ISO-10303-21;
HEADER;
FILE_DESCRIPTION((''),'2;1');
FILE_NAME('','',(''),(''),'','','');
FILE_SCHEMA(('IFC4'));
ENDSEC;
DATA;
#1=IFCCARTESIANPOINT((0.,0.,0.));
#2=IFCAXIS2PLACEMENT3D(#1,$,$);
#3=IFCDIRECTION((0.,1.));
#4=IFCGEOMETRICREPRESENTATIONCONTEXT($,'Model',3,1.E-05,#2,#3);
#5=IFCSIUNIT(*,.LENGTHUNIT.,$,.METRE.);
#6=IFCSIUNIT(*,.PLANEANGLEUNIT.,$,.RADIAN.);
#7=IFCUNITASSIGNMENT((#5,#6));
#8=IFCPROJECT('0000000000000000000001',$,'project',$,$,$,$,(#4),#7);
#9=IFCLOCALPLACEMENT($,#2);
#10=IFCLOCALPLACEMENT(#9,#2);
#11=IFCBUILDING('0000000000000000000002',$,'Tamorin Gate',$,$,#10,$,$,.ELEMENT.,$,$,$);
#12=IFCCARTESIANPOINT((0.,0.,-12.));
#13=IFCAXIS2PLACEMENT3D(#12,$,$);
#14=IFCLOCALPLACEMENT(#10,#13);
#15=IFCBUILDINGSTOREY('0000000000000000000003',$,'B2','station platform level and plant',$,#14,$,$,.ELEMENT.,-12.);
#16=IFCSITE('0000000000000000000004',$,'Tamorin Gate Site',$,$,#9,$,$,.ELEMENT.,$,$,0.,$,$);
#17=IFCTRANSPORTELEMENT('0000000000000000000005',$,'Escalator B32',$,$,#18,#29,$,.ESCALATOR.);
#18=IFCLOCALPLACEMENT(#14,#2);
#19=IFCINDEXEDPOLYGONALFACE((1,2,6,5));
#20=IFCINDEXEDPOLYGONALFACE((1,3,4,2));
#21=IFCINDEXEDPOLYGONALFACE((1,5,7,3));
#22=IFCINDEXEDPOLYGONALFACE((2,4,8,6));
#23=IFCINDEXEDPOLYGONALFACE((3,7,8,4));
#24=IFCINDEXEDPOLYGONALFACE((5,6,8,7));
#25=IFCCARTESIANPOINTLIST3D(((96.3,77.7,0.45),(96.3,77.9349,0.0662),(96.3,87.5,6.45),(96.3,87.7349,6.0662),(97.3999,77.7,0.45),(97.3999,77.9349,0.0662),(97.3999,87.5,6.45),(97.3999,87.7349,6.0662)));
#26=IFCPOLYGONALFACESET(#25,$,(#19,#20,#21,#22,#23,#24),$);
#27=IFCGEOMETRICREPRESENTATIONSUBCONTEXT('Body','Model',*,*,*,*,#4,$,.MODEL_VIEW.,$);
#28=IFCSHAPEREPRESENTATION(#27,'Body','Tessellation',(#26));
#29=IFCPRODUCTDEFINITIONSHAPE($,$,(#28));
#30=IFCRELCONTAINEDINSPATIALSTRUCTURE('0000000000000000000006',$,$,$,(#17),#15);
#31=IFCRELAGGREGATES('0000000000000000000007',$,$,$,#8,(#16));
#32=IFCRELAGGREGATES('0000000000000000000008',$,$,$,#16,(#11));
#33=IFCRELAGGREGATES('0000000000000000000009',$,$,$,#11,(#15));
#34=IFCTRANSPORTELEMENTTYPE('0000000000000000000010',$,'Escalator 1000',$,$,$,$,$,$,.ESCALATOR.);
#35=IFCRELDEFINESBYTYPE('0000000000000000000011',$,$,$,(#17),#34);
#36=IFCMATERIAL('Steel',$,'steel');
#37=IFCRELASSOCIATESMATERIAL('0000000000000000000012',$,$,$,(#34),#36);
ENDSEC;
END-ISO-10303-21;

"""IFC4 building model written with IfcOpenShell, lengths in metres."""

from ifc_helpers import new_model, si_unit, direction, frame, origin, place, context, subcontext, project, spatial, polyline, outline, extrude, material, type_object, element, save


model = new_model("IFC4")

# Units and contexts
model_context = context("Model", 3, precision=1e-05, world=origin(), true_north=direction((0.0, 1.0)))
body_context = subcontext(model_context, "Body", "Model", "MODEL_VIEW")
ifc_project = project(units=[si_unit("LENGTHUNIT", "METRE"), si_unit("PLANEANGLEUNIT", "RADIAN")], contexts=[model_context])

# Site, building, storey
site_placement = place(None, origin())
site = spatial("IfcSite", under=ifc_project, at=site_placement, Name="Tamorin Gate Site", CompositionType="ELEMENT", RefElevation=0.0)
building_placement = place(site_placement, origin())
building = spatial("IfcBuilding", under=site, at=building_placement, Name="Tamorin Gate", CompositionType="ELEMENT")
storey_placement = place(building_placement, frame((0.0, 0.0, -12.0)))
storey = spatial("IfcBuildingStorey", under=building, at=storey_placement, Name="B2", Description="station platform level and plant", CompositionType="ELEMENT", Elevation=-12.0)

# Shared definitions
ifc_material_1 = material(Name="Steel", Category="steel")

# Transport element
transport_element_type = type_object("IfcTransportElementType", Name="Escalator 1000", PredefinedType="ESCALATOR", material=ifc_material_1)
transport_element_1_placement = place(storey_placement, frame((96.3, 77.7, 0.45), z_axis=(0.0, -0.522152, 0.852852), x_axis=(1.0, 0.0, 0.0)))
element("IfcTransportElement", 1, at=transport_element_1_placement, inside=storey, type_object=transport_element_type, Name="Escalator B32", PredefinedType="ESCALATOR", context=body_context, shape_type="SweptSolid", body=[
    extrude(outline(polyline([(0.0, 0.0), (1.0999, 0.0), (1.0999, 11.4909), (0.0, 11.4909), (0.0, 0.0)])), origin(), (0.0, 0.0, -1.0), 0.45),
])

save(model, "model.ifc")
